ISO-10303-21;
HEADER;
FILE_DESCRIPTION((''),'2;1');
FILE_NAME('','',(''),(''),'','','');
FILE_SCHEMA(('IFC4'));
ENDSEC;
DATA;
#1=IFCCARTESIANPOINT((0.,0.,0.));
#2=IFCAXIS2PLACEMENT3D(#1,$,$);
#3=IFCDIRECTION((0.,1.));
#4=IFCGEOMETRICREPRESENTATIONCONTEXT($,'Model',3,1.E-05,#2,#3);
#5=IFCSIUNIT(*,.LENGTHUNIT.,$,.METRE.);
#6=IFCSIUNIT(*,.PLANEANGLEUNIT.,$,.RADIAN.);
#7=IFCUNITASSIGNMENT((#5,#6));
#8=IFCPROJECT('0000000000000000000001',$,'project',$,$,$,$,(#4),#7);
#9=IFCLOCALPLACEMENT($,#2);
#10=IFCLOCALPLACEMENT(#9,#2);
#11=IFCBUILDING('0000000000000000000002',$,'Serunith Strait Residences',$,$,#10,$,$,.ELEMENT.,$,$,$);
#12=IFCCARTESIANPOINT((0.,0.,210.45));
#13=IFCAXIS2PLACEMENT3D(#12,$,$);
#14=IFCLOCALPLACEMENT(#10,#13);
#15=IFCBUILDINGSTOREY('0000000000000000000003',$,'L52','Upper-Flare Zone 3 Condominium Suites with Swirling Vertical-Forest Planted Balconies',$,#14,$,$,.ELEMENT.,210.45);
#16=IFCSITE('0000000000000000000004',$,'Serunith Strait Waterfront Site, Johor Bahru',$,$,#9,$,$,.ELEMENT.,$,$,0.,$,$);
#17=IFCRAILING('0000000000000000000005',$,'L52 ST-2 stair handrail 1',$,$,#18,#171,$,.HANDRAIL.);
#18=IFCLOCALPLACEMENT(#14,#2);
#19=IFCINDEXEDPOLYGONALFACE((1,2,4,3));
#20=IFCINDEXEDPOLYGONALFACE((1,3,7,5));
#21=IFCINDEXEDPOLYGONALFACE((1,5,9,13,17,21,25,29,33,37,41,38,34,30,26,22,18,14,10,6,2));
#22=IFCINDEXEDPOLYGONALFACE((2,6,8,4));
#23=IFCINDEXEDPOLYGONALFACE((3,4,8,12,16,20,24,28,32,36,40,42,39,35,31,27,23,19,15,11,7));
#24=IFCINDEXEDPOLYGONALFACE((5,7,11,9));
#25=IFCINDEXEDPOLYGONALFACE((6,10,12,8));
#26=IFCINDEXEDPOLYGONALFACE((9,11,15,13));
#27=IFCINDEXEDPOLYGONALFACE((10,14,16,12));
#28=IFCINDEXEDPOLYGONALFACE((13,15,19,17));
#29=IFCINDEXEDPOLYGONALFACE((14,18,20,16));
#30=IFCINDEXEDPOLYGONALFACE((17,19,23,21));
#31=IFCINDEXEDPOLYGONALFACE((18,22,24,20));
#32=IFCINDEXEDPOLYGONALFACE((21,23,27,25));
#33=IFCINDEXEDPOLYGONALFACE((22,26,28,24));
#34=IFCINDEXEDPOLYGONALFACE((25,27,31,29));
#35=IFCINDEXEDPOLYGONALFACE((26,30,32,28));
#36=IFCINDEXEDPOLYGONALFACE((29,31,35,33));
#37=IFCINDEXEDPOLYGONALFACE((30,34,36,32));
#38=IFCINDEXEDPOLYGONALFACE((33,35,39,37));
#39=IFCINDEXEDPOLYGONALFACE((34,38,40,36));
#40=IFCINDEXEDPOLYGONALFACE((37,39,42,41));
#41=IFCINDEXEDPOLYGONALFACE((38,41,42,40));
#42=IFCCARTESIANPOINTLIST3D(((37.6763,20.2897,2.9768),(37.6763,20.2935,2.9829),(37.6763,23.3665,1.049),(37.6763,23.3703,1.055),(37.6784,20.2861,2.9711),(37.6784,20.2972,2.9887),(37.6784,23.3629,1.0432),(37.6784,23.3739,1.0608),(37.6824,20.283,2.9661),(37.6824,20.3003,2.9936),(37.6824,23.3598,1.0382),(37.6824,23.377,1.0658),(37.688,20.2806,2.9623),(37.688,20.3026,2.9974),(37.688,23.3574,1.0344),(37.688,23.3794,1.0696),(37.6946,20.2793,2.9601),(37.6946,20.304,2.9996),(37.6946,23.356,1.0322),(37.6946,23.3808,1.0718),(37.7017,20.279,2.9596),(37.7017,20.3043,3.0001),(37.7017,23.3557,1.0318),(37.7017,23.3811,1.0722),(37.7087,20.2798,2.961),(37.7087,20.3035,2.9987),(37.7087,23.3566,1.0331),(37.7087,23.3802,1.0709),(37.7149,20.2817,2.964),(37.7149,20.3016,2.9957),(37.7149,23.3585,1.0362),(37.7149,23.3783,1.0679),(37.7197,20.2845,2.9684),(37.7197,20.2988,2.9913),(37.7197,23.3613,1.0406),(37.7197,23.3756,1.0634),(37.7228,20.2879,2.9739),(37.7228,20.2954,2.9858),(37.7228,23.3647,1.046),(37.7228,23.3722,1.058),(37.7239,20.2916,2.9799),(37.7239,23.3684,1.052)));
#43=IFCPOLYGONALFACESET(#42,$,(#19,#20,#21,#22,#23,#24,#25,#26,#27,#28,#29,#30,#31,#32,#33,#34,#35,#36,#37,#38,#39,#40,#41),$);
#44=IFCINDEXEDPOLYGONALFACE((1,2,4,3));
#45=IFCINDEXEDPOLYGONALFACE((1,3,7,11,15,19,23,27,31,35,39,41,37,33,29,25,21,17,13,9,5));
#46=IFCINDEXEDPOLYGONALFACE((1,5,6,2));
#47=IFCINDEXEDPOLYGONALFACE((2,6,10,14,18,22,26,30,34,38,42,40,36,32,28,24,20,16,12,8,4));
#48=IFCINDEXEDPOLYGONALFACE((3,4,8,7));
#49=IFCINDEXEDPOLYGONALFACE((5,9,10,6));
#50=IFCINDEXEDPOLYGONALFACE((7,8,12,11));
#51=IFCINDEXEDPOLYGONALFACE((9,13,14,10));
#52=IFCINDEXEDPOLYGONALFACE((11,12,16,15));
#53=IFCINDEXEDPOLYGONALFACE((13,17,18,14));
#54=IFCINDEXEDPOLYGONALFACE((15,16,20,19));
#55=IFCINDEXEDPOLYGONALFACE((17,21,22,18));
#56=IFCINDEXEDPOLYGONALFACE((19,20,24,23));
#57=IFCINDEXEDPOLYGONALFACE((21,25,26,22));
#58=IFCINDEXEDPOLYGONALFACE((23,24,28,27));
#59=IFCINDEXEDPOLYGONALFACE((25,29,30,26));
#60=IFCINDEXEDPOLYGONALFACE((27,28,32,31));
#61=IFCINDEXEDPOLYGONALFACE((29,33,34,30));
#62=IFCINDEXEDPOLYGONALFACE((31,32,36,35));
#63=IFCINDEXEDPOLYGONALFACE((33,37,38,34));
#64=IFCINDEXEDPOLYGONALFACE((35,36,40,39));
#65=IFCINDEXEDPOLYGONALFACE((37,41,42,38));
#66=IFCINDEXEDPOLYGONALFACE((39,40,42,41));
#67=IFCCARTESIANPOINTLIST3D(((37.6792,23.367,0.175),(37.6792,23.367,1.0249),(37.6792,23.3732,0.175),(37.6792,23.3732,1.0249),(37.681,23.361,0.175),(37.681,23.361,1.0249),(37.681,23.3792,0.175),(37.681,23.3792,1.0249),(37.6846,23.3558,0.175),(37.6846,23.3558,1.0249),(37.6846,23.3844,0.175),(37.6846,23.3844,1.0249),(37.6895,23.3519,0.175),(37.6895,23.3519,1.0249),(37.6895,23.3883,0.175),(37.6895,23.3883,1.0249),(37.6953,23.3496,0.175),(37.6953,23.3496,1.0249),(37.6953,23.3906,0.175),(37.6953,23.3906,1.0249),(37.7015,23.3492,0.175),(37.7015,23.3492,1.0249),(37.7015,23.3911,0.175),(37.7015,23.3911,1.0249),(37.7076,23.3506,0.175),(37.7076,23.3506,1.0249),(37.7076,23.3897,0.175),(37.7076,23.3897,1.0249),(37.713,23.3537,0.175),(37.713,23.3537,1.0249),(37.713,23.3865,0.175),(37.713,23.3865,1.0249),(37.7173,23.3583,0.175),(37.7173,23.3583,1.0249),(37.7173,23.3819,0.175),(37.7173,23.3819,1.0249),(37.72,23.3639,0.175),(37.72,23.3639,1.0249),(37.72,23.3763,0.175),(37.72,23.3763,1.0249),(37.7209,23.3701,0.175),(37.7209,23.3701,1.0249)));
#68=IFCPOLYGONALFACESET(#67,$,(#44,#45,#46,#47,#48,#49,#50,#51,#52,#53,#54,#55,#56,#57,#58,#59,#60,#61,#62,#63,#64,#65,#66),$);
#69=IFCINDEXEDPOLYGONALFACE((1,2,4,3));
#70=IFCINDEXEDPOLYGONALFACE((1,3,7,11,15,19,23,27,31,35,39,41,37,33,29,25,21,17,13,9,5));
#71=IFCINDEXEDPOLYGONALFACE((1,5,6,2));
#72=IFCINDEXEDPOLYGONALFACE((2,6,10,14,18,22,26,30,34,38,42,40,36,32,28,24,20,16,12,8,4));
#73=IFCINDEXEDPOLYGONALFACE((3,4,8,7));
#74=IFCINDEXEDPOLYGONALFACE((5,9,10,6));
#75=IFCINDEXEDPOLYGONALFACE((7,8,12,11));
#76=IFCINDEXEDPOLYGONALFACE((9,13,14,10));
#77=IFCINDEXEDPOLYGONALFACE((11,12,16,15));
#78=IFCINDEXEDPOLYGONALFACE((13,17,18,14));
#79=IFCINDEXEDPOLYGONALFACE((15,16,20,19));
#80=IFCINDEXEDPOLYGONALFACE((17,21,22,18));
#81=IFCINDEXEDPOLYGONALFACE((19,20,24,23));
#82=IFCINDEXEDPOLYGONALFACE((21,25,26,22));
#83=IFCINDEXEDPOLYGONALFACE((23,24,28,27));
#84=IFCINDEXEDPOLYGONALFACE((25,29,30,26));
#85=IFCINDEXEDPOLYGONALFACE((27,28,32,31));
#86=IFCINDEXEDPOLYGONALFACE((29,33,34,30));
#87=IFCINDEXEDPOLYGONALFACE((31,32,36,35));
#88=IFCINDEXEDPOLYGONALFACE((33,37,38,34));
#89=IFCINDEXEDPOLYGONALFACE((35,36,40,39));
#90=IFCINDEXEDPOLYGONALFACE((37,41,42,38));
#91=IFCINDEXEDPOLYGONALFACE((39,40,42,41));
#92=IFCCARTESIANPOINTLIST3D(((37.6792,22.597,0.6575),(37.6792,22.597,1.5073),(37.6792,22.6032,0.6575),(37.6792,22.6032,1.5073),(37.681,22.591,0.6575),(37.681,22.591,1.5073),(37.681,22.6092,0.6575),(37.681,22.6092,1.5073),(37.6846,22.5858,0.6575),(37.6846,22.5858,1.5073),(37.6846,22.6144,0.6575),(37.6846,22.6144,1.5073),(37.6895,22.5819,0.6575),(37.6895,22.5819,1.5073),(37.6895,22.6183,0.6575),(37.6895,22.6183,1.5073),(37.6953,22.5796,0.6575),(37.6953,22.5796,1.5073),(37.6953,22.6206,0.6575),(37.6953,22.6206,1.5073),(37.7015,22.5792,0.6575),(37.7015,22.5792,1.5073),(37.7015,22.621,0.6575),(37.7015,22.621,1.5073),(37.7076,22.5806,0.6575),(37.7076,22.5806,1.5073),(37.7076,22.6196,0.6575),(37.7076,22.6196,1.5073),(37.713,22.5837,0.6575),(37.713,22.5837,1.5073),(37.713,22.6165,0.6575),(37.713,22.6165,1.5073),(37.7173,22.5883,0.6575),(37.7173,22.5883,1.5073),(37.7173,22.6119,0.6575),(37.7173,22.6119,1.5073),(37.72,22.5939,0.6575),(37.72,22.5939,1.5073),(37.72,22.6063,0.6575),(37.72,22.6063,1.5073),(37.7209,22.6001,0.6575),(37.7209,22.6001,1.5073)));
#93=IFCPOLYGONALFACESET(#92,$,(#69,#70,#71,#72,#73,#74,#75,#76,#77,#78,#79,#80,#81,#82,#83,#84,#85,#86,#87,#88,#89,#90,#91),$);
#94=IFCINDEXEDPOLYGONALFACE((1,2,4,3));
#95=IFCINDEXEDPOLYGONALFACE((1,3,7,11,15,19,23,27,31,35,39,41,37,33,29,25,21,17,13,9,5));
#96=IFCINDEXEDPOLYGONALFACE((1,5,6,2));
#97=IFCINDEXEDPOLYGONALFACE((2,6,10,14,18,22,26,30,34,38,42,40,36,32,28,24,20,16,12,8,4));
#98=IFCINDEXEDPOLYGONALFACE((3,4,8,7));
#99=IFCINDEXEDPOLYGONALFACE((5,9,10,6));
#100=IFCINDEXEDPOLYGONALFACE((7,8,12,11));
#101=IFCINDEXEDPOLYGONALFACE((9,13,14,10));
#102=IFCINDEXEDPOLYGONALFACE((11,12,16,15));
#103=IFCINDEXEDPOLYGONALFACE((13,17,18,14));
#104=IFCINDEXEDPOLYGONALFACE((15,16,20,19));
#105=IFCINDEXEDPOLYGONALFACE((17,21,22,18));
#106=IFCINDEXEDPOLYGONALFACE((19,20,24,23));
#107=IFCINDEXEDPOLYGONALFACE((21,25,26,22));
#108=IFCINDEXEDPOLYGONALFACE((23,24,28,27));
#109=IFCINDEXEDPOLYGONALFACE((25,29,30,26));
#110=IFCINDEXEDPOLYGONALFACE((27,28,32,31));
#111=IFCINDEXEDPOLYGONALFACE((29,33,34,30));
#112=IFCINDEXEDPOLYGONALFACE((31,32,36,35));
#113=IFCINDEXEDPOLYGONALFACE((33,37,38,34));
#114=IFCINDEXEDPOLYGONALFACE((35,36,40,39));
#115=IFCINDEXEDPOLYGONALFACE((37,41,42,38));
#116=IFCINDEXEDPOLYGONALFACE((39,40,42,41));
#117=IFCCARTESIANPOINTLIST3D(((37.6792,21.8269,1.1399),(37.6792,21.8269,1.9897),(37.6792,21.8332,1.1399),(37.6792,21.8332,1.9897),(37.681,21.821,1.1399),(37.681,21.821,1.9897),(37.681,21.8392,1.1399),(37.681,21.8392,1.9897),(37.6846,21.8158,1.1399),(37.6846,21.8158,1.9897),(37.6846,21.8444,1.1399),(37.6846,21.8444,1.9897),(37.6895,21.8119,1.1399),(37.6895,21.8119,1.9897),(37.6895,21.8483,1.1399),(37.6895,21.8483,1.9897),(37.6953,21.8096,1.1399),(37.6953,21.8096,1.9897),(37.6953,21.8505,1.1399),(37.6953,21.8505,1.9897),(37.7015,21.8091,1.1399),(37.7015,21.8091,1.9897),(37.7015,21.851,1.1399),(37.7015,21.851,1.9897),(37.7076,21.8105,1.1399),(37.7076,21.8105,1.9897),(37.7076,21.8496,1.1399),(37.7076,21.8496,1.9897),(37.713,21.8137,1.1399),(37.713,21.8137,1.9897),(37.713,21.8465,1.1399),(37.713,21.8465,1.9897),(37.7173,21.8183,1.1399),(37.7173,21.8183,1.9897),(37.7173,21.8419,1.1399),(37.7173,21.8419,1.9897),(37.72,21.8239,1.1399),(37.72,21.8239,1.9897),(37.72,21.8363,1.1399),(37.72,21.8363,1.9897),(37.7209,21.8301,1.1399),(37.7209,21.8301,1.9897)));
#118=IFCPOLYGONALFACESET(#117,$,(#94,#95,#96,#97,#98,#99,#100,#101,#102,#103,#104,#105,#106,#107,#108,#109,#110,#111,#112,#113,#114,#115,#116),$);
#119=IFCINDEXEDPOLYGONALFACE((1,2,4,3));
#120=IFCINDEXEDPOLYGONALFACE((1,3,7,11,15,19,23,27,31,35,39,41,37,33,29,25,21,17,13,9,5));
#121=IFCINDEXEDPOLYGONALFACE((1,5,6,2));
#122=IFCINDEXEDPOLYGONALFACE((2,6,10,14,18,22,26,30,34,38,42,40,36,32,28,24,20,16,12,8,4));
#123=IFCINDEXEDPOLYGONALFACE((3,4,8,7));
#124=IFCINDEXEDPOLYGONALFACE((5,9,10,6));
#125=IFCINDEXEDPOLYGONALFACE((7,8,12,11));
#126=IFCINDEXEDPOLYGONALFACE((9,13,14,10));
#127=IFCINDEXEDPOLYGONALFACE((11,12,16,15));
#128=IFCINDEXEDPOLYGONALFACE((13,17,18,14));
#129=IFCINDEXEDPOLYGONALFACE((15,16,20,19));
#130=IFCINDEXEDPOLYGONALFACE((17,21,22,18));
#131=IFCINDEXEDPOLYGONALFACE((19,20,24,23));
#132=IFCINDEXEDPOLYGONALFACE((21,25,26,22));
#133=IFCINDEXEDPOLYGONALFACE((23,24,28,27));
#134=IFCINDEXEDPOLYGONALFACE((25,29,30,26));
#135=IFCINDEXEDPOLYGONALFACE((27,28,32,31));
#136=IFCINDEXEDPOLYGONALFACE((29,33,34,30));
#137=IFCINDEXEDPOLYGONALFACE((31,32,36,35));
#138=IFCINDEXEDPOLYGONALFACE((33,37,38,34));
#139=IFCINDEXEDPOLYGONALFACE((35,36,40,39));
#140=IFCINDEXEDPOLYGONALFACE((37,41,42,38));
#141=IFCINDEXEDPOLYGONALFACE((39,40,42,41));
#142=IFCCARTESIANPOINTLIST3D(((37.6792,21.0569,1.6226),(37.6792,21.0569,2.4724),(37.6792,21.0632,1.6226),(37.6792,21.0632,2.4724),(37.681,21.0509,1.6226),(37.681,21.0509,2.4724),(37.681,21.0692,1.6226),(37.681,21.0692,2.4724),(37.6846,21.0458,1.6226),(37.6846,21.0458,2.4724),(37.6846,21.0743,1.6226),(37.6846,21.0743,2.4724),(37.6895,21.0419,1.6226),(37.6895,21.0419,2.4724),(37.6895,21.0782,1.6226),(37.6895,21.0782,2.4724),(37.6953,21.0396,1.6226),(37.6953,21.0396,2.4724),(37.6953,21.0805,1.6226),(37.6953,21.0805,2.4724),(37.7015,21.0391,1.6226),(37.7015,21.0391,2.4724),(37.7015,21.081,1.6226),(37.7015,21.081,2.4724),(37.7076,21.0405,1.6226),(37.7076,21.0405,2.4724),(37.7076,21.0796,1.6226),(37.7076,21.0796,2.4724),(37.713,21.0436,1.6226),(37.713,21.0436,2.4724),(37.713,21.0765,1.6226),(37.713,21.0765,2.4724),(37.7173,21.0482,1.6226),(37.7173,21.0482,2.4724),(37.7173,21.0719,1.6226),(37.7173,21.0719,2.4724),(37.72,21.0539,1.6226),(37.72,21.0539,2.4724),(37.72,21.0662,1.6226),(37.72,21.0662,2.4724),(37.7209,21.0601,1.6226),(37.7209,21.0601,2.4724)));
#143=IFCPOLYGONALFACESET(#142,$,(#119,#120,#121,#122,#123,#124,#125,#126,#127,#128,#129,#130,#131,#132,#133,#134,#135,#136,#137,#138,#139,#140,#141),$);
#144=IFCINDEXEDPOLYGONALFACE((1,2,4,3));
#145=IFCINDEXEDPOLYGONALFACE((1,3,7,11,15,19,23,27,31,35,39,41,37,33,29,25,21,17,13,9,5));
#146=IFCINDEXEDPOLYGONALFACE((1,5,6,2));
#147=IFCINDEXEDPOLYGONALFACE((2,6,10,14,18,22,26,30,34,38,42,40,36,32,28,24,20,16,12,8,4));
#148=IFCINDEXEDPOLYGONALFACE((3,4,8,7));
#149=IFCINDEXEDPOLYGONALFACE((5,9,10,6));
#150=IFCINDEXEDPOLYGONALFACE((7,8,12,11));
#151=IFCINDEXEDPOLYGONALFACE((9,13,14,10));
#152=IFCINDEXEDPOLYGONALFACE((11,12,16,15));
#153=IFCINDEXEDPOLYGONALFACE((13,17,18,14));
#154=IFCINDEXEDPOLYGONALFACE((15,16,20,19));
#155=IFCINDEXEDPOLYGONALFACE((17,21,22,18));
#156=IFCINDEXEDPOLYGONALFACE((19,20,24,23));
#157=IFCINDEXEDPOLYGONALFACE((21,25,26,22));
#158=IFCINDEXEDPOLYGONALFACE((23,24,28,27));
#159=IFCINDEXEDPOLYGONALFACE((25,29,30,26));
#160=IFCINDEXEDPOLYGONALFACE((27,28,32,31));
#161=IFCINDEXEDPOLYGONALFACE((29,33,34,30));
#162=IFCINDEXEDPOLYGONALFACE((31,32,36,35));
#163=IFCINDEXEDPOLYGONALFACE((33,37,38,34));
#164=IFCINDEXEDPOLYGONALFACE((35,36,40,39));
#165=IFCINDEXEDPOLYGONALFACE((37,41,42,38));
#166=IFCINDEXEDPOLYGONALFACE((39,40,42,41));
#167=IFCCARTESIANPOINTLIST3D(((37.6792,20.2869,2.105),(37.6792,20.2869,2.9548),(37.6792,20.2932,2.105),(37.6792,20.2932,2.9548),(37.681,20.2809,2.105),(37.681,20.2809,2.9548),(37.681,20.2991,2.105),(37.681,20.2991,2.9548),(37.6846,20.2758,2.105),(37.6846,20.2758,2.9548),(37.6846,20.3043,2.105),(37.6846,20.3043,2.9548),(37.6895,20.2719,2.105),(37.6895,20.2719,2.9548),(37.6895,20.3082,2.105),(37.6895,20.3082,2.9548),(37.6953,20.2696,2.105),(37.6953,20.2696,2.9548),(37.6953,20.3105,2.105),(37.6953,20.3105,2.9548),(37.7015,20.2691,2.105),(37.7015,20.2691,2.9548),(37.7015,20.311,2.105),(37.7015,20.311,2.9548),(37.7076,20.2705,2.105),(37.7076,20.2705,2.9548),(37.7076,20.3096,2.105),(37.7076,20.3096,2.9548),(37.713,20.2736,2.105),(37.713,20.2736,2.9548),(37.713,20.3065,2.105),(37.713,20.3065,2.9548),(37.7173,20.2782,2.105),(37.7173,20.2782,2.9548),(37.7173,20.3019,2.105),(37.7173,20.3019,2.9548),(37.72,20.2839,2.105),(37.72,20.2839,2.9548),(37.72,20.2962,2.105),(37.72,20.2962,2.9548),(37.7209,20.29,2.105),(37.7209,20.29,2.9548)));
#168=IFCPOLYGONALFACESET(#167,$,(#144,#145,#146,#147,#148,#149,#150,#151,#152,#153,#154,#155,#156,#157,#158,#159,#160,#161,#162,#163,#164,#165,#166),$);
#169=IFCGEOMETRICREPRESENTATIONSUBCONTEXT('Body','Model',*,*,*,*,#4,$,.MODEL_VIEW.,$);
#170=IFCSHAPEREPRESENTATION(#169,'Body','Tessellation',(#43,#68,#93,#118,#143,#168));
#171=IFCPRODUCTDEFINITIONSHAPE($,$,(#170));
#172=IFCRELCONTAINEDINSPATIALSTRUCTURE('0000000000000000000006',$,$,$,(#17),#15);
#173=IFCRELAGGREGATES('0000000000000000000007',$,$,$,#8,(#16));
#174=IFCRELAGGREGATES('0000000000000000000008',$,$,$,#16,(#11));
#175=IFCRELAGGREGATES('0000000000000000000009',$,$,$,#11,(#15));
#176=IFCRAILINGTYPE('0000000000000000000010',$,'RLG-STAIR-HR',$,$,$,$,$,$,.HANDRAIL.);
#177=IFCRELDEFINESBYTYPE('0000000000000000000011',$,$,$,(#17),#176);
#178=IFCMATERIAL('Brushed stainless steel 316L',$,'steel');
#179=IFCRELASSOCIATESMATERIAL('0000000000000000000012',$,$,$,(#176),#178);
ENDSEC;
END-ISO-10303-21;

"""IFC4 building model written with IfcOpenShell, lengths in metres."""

from ifc_helpers import new_model, si_unit, direction, frame, origin, origin_2d, place, context, subcontext, project, spatial, circle, extrude, material, type_object, element, save


model = new_model("IFC4")

# Units and contexts
model_context = context("Model", 3, precision=1e-05, world=origin(), true_north=direction((0.0, 1.0)))
body_context = subcontext(model_context, "Body", "Model", "MODEL_VIEW")
ifc_project = project(units=[si_unit("LENGTHUNIT", "METRE"), si_unit("PLANEANGLEUNIT", "RADIAN")], contexts=[model_context])

# Site, building, storey
site_placement = place(None, origin())
site = spatial("IfcSite", under=ifc_project, at=site_placement, Name="Serunith Strait Waterfront Site, Johor Bahru", CompositionType="ELEMENT", RefElevation=0.0)
building_placement = place(site_placement, origin())
building = spatial("IfcBuilding", under=site, at=building_placement, Name="Serunith Strait Residences", CompositionType="ELEMENT")
storey_placement = place(building_placement, frame((0.0, 0.0, 210.45)))
storey = spatial("IfcBuildingStorey", under=building, at=storey_placement, Name="L52", Description="Upper-Flare Zone 3 Condominium Suites with Swirling Vertical-Forest Planted Balconies", CompositionType="ELEMENT", Elevation=210.45)

# Railing
ifc_material_1 = material(Name="Brushed stainless steel 316L", Category="steel")
railing_type_1 = type_object("IfcRailingType", Name="RLG-STAIR-HR", PredefinedType="HANDRAIL", material=ifc_material_1)
railing_1_placement = place(storey_placement, frame((37.7, 23.3701, 0.175)))
element("IfcRailing", 1, at=railing_1_placement, inside=storey, type_object=railing_type_1, Name="L52 ST-2 stair handrail 1", PredefinedType="HANDRAIL", context=body_context, shape_type="SweptSolid", body=[
    extrude(circle(Radius=0.0239, at=origin_2d()), frame((0.0, -0.0017, 0.877), z_axis=(0.0, -0.847394, 0.530965), x_axis=(1.0, 0.0, 0.0)), (0.0, 0.0, 1.0), 3.6309),
    extrude(circle(Radius=0.021, at=origin_2d()), origin(), (0.0, 0.0, 1.0), 0.8499),
    extrude(circle(Radius=0.021, at=origin_2d()), frame((0.0, -0.77, 0.4824)), (0.0, 0.0, 1.0), 0.8499),
    extrude(circle(Radius=0.021, at=origin_2d()), frame((0.0, -1.54, 0.9648)), (0.0, 0.0, 1.0), 0.8499),
    extrude(circle(Radius=0.021, at=origin_2d()), frame((0.0, -2.3101, 1.4475)), (0.0, 0.0, 1.0), 0.8499),
    extrude(circle(Radius=0.021, at=origin_2d()), frame((0.0, -3.0801, 1.9299)), (0.0, 0.0, 1.0), 0.8499),
])

save(model, "model.ifc")
